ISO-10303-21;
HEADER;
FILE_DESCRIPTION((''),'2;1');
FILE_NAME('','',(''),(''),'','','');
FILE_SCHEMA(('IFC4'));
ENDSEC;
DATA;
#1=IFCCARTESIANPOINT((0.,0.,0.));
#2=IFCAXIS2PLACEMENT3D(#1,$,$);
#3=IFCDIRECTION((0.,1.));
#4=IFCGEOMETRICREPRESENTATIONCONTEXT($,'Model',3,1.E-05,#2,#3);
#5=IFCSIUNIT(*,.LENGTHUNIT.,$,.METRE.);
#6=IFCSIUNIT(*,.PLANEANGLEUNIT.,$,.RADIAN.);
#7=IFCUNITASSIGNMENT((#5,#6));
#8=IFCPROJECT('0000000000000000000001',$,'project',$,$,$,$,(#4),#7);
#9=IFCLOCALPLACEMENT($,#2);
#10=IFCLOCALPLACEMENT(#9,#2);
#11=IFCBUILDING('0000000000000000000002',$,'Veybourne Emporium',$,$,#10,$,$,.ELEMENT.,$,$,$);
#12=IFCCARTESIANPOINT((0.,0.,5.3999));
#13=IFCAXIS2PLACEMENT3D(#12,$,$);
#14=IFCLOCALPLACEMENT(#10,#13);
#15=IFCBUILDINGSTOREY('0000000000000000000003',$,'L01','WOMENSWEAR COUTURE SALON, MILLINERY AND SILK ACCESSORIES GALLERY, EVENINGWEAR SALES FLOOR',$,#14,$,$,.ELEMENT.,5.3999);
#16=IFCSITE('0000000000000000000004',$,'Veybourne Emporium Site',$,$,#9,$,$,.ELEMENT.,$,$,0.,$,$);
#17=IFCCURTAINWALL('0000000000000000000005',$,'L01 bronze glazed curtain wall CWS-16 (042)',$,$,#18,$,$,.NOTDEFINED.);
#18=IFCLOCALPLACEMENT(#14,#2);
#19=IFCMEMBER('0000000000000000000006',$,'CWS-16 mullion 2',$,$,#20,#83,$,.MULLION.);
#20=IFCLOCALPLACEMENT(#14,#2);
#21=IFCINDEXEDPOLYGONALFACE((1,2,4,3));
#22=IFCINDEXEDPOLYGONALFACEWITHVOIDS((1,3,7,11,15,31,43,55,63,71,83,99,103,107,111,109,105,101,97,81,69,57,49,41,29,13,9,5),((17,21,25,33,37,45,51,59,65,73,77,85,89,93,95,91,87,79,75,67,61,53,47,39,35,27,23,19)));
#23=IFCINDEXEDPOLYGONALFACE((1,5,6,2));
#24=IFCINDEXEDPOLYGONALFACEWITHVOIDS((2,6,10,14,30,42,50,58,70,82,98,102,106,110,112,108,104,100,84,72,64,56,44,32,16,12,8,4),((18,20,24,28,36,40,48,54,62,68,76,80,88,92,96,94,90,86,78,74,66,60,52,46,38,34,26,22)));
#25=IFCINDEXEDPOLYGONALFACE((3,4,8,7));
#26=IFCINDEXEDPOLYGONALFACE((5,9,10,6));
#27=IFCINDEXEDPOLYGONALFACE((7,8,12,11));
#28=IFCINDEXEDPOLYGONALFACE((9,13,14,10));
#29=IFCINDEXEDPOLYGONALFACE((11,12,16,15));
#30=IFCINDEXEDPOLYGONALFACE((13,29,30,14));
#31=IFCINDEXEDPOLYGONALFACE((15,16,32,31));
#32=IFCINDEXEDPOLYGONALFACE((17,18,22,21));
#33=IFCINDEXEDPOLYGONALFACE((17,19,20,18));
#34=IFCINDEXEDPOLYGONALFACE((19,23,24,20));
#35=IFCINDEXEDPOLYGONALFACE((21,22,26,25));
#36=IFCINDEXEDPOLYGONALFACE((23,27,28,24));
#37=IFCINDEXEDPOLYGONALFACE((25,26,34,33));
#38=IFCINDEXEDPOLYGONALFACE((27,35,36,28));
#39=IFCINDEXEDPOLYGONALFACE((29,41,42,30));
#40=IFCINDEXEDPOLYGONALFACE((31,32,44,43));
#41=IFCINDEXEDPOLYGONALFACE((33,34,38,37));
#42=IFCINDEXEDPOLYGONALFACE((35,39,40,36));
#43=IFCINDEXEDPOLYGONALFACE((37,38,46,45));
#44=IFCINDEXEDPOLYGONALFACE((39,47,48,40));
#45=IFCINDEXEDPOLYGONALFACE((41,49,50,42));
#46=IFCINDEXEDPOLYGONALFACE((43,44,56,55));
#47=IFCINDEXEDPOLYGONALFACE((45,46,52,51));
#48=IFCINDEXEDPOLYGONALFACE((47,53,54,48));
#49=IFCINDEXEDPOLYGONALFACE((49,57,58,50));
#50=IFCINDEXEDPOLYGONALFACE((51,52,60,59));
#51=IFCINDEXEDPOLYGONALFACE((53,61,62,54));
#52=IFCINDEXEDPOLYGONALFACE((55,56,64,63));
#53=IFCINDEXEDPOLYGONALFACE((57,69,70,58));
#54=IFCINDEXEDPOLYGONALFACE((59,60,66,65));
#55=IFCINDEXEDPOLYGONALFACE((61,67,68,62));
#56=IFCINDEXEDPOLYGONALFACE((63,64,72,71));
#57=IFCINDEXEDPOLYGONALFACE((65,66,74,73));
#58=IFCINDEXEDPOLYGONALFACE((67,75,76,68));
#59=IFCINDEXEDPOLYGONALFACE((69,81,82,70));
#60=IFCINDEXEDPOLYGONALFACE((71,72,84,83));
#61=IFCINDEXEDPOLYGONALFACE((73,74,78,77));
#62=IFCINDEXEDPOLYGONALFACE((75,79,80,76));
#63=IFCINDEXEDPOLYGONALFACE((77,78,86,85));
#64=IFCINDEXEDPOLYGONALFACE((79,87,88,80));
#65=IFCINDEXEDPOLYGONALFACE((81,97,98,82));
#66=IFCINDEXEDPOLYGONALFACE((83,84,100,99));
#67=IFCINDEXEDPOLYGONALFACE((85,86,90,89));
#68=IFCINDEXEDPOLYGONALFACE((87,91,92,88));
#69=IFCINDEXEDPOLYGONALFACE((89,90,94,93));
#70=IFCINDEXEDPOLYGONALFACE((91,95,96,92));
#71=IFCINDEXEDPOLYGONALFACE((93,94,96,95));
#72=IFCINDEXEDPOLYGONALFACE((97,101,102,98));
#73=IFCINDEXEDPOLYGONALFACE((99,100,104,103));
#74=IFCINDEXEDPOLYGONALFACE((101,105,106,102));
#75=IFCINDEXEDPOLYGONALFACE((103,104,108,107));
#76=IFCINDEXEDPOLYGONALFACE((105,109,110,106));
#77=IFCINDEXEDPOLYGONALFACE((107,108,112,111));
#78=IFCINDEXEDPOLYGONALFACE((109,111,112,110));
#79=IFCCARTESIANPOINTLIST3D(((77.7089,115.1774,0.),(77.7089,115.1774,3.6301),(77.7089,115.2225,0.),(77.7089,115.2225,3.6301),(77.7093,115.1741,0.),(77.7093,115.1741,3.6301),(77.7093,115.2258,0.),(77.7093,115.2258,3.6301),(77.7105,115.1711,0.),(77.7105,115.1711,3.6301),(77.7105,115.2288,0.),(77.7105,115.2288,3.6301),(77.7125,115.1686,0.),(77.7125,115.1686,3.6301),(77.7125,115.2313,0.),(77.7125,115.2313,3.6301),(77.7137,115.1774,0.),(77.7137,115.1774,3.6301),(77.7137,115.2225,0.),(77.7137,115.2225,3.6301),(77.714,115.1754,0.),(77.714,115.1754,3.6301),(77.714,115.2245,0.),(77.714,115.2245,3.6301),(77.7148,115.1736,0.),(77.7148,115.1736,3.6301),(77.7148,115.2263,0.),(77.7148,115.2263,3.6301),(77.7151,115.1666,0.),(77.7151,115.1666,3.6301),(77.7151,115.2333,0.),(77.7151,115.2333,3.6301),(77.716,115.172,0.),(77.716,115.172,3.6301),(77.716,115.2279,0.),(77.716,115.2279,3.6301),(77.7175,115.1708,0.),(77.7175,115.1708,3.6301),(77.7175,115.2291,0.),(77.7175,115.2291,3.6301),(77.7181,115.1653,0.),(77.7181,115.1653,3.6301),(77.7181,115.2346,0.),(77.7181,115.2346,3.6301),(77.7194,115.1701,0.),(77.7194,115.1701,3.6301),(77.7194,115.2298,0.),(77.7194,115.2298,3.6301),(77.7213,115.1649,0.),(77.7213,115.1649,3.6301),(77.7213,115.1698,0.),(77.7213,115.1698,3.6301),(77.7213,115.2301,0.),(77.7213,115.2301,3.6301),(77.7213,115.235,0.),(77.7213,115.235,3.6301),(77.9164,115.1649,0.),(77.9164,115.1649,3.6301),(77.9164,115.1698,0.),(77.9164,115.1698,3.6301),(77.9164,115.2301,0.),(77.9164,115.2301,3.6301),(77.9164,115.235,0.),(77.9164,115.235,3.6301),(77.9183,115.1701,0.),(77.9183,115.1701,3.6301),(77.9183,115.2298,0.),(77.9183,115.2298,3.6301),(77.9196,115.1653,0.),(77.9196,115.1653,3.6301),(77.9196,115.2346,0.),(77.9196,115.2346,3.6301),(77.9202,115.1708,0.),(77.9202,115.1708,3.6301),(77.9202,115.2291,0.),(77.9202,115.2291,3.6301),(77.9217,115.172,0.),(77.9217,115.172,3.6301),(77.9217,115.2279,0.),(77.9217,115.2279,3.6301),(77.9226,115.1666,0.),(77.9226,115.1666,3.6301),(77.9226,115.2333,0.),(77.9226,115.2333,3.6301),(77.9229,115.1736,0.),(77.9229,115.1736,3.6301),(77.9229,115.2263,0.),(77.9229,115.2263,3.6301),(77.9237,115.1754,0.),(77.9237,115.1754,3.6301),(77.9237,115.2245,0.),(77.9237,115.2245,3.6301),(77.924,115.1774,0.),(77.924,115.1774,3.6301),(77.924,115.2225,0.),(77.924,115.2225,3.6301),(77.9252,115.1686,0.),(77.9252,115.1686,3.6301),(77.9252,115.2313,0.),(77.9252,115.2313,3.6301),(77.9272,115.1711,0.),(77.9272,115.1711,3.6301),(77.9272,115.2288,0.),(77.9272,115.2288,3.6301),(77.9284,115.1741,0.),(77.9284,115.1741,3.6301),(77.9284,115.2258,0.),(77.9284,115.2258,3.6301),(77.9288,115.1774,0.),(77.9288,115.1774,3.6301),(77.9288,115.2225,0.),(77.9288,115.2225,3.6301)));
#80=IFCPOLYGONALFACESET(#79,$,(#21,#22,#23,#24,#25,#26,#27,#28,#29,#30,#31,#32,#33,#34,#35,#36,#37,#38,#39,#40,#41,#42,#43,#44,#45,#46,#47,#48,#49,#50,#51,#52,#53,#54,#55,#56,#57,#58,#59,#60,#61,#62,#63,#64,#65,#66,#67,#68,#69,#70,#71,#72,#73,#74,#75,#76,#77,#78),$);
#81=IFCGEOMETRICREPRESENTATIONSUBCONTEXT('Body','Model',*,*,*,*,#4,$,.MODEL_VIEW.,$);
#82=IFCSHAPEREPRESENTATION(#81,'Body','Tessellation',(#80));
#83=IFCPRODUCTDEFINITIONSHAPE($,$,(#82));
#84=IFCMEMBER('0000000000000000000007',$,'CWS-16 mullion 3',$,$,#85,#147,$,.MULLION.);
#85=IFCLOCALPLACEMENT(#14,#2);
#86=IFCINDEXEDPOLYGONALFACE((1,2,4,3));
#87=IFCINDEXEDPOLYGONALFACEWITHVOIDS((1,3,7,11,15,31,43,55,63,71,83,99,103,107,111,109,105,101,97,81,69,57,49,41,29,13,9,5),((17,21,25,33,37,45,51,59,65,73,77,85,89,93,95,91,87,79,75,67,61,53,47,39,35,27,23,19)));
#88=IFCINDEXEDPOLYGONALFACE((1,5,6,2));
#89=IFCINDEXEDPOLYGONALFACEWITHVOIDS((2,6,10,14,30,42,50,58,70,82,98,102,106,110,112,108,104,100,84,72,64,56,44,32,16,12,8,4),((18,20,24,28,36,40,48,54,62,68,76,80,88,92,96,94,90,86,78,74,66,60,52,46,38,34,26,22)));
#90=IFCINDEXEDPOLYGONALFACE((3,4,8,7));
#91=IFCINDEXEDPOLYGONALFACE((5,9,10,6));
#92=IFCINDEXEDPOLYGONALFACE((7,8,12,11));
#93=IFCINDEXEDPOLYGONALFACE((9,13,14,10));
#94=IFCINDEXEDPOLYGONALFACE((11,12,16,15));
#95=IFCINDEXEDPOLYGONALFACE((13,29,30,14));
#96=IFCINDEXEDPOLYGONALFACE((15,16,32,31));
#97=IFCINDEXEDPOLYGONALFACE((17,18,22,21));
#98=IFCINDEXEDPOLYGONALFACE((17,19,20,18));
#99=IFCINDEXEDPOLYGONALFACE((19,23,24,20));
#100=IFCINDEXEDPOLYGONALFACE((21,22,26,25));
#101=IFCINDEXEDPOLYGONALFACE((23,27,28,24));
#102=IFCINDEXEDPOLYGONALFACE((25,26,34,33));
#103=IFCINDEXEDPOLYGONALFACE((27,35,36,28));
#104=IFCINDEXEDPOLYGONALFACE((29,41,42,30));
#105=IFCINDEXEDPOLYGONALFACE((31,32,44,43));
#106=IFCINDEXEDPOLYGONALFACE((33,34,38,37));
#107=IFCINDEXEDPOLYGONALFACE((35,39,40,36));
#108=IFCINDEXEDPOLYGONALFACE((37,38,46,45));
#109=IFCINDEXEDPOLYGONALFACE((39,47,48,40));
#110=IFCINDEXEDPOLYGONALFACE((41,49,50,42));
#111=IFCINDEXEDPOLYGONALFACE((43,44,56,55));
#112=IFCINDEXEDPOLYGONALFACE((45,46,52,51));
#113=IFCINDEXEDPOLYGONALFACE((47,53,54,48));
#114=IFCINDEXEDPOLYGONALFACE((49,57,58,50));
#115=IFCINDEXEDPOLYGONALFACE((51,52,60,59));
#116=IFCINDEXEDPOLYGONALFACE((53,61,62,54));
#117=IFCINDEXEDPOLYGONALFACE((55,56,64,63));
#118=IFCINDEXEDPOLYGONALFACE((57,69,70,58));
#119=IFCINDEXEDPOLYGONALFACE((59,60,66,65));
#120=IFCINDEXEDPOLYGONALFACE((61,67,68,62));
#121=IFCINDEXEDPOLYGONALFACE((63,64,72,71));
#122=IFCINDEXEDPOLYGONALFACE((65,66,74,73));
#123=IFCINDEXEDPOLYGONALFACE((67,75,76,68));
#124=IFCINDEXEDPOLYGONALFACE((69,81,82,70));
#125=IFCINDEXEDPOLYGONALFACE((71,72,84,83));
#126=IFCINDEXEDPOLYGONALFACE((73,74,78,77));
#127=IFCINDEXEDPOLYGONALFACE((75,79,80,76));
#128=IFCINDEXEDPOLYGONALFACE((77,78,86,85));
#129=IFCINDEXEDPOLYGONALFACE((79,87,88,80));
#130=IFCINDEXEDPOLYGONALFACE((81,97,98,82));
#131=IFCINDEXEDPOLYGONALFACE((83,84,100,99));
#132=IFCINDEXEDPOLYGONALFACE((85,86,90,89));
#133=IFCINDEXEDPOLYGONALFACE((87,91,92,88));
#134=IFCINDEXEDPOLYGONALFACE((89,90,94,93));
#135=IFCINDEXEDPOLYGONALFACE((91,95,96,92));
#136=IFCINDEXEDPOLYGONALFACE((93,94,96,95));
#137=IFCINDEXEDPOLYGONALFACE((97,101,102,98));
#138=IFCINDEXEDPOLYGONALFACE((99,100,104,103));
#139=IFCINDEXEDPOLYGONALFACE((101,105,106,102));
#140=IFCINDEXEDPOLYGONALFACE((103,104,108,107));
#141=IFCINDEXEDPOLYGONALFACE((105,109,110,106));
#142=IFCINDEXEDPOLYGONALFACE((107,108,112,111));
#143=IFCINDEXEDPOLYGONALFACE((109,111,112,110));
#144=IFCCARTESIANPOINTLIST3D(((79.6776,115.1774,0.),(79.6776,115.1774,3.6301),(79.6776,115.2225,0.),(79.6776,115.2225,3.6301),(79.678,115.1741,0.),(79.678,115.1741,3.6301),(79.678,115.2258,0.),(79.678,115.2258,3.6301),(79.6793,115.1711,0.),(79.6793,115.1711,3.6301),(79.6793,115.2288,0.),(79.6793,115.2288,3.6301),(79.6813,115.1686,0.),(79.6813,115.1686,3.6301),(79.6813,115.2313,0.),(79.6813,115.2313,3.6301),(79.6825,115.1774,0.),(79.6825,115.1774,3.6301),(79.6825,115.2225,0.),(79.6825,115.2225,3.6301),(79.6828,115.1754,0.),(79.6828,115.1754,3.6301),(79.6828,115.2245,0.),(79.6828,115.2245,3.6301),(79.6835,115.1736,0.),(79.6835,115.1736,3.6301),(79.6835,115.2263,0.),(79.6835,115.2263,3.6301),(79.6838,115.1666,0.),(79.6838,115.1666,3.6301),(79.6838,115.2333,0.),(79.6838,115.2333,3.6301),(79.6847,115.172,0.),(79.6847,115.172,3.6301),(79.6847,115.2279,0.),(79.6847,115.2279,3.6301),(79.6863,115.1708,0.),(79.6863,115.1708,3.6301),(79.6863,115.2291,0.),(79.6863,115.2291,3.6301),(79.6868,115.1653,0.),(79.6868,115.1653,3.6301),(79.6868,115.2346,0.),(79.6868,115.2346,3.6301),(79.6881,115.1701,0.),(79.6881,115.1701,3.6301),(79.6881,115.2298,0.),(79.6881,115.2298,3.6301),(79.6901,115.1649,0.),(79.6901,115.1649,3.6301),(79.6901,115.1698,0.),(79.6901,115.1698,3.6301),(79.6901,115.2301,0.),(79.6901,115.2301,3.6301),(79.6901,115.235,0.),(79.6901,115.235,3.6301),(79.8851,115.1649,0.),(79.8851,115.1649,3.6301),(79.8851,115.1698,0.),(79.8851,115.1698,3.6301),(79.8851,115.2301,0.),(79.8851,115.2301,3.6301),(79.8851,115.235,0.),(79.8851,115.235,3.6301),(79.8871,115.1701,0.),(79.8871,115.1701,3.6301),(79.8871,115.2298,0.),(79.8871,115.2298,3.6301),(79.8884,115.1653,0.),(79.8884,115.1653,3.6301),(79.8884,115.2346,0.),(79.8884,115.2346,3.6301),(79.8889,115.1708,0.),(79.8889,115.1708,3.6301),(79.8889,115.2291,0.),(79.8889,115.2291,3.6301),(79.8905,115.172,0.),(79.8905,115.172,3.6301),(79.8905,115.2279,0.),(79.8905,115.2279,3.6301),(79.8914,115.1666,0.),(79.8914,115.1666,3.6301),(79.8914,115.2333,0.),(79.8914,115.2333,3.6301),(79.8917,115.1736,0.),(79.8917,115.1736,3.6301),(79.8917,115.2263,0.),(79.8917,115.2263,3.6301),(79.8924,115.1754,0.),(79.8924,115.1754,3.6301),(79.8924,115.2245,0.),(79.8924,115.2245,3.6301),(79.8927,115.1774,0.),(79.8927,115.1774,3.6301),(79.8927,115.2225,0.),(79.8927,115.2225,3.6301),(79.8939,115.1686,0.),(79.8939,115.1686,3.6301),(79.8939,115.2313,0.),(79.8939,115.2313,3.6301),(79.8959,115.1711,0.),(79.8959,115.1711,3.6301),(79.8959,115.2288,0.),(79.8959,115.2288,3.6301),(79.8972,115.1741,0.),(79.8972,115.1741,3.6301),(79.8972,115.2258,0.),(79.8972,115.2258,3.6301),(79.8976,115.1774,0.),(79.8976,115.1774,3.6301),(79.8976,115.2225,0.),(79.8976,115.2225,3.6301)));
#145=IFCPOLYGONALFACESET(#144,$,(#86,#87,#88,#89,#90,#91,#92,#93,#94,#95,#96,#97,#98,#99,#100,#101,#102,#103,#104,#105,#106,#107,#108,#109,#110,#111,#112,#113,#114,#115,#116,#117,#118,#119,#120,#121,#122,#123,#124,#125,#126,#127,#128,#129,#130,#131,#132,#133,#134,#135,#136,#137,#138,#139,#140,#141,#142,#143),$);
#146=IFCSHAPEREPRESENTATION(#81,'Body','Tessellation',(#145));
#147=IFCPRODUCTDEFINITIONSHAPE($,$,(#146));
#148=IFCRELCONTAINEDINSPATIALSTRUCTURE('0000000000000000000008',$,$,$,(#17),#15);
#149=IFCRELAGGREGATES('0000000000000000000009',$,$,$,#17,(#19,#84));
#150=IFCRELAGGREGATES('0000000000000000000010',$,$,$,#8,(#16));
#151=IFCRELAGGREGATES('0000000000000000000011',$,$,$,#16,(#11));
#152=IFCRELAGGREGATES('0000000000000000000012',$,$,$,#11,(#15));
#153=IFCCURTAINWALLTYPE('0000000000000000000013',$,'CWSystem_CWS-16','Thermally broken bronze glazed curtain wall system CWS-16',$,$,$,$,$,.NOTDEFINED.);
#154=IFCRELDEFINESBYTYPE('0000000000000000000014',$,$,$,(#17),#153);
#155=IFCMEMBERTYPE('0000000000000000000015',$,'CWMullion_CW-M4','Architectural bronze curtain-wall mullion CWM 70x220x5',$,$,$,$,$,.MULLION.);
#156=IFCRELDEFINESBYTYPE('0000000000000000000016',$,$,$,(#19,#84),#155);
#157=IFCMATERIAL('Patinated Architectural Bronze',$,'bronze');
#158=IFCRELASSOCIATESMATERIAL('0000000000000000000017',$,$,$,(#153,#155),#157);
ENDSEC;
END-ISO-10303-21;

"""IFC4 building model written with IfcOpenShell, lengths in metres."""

from ifc_helpers import new_model, si_unit, direction, frame, origin, origin_2d, place, context, subcontext, project, spatial, hollow_rectangle, extrude, material, material_profile, profile_set, type_object, element, aggregate, save


model = new_model("IFC4")

# Units and contexts
model_context = context("Model", 3, precision=1e-05, world=origin(), true_north=direction((0.0, 1.0)))
body_context = subcontext(model_context, "Body", "Model", "MODEL_VIEW")
ifc_project = project(units=[si_unit("LENGTHUNIT", "METRE"), si_unit("PLANEANGLEUNIT", "RADIAN")], contexts=[model_context])

# Site, building, storey
site_placement = place(None, origin())
site = spatial("IfcSite", under=ifc_project, at=site_placement, Name="Veybourne Emporium Site", CompositionType="ELEMENT", RefElevation=0.0)
building_placement = place(site_placement, origin())
building = spatial("IfcBuilding", under=site, at=building_placement, Name="Veybourne Emporium", CompositionType="ELEMENT")
storey_placement = place(building_placement, frame((0.0, 0.0, 5.3999)))
storey = spatial("IfcBuildingStorey", under=building, at=storey_placement, Name="L01", Description="WOMENSWEAR COUTURE SALON, MILLINERY AND SILK ACCESSORIES GALLERY, EVENINGWEAR SALES FLOOR", CompositionType="ELEMENT", Elevation=5.3999)

# Curtain wall, members
ifc_material_1 = material(Name="Patinated Architectural Bronze", Category="bronze")
curtain_wall_type = type_object("IfcCurtainWallType", Name="CWSystem_CWS-16", Description="Thermally broken bronze glazed curtain wall system CWS-16", PredefinedType="NOTDEFINED", material=ifc_material_1)
curtain_wall_placement = place(storey_placement, origin())
curtain_wall = element("IfcCurtainWall", 1, at=curtain_wall_placement, inside=storey, type_object=curtain_wall_type, Name="L01 bronze glazed curtain wall CWS-16 (042)", PredefinedType="NOTDEFINED")
ifc_material_profile_1 = material_profile(ifc_material_1, hollow_rectangle(XDim=0.0701, YDim=0.22, WallThickness=0.0049, InnerFilletRadius=0.0076, OuterFilletRadius=0.0125, at=origin_2d()), Name="CWM 70x220x5")
ifc_profile_set_1 = profile_set([ifc_material_profile_1], Name="Patinated Architectural Bronze")
member_type_1 = type_object("IfcMemberType", Name="CWMullion_CW-M4", Description="Architectural bronze curtain-wall mullion CWM 70x220x5", PredefinedType="MULLION", material=ifc_profile_set_1)
member_1_placement = place(storey_placement, frame((77.8188, 115.2, 0.0), z_axis=(0.0, 0.0, 1.0), x_axis=(0.0, 1.0, 0.0)))
member_1 = element("IfcMember", 2, at=member_1_placement, type_object=member_type_1, Name="CWS-16 mullion 2", PredefinedType="MULLION", context=body_context, shape_type="SweptSolid", body=[
    extrude(hollow_rectangle(XDim=0.0701, YDim=0.22, WallThickness=0.0049, InnerFilletRadius=0.0076, OuterFilletRadius=0.0125, at=origin_2d()), origin(), (0.0, 0.0, 1.0), 3.6301),
])
member_2_placement = place(storey_placement, frame((79.7876, 115.2, 0.0), z_axis=(0.0, 0.0, 1.0), x_axis=(0.0, 1.0, 0.0)))
member_2 = element("IfcMember", 3, at=member_2_placement, type_object=member_type_1, Name="CWS-16 mullion 3", PredefinedType="MULLION", context=body_context, shape_type="SweptSolid", body=[
    extrude(hollow_rectangle(XDim=0.0701, YDim=0.22, WallThickness=0.0049, InnerFilletRadius=0.0076, OuterFilletRadius=0.0125, at=origin_2d()), origin(), (0.0, 0.0, 1.0), 3.6301),
])
aggregate(curtain_wall, [member_1, member_2])

save(model, "model.ifc")
